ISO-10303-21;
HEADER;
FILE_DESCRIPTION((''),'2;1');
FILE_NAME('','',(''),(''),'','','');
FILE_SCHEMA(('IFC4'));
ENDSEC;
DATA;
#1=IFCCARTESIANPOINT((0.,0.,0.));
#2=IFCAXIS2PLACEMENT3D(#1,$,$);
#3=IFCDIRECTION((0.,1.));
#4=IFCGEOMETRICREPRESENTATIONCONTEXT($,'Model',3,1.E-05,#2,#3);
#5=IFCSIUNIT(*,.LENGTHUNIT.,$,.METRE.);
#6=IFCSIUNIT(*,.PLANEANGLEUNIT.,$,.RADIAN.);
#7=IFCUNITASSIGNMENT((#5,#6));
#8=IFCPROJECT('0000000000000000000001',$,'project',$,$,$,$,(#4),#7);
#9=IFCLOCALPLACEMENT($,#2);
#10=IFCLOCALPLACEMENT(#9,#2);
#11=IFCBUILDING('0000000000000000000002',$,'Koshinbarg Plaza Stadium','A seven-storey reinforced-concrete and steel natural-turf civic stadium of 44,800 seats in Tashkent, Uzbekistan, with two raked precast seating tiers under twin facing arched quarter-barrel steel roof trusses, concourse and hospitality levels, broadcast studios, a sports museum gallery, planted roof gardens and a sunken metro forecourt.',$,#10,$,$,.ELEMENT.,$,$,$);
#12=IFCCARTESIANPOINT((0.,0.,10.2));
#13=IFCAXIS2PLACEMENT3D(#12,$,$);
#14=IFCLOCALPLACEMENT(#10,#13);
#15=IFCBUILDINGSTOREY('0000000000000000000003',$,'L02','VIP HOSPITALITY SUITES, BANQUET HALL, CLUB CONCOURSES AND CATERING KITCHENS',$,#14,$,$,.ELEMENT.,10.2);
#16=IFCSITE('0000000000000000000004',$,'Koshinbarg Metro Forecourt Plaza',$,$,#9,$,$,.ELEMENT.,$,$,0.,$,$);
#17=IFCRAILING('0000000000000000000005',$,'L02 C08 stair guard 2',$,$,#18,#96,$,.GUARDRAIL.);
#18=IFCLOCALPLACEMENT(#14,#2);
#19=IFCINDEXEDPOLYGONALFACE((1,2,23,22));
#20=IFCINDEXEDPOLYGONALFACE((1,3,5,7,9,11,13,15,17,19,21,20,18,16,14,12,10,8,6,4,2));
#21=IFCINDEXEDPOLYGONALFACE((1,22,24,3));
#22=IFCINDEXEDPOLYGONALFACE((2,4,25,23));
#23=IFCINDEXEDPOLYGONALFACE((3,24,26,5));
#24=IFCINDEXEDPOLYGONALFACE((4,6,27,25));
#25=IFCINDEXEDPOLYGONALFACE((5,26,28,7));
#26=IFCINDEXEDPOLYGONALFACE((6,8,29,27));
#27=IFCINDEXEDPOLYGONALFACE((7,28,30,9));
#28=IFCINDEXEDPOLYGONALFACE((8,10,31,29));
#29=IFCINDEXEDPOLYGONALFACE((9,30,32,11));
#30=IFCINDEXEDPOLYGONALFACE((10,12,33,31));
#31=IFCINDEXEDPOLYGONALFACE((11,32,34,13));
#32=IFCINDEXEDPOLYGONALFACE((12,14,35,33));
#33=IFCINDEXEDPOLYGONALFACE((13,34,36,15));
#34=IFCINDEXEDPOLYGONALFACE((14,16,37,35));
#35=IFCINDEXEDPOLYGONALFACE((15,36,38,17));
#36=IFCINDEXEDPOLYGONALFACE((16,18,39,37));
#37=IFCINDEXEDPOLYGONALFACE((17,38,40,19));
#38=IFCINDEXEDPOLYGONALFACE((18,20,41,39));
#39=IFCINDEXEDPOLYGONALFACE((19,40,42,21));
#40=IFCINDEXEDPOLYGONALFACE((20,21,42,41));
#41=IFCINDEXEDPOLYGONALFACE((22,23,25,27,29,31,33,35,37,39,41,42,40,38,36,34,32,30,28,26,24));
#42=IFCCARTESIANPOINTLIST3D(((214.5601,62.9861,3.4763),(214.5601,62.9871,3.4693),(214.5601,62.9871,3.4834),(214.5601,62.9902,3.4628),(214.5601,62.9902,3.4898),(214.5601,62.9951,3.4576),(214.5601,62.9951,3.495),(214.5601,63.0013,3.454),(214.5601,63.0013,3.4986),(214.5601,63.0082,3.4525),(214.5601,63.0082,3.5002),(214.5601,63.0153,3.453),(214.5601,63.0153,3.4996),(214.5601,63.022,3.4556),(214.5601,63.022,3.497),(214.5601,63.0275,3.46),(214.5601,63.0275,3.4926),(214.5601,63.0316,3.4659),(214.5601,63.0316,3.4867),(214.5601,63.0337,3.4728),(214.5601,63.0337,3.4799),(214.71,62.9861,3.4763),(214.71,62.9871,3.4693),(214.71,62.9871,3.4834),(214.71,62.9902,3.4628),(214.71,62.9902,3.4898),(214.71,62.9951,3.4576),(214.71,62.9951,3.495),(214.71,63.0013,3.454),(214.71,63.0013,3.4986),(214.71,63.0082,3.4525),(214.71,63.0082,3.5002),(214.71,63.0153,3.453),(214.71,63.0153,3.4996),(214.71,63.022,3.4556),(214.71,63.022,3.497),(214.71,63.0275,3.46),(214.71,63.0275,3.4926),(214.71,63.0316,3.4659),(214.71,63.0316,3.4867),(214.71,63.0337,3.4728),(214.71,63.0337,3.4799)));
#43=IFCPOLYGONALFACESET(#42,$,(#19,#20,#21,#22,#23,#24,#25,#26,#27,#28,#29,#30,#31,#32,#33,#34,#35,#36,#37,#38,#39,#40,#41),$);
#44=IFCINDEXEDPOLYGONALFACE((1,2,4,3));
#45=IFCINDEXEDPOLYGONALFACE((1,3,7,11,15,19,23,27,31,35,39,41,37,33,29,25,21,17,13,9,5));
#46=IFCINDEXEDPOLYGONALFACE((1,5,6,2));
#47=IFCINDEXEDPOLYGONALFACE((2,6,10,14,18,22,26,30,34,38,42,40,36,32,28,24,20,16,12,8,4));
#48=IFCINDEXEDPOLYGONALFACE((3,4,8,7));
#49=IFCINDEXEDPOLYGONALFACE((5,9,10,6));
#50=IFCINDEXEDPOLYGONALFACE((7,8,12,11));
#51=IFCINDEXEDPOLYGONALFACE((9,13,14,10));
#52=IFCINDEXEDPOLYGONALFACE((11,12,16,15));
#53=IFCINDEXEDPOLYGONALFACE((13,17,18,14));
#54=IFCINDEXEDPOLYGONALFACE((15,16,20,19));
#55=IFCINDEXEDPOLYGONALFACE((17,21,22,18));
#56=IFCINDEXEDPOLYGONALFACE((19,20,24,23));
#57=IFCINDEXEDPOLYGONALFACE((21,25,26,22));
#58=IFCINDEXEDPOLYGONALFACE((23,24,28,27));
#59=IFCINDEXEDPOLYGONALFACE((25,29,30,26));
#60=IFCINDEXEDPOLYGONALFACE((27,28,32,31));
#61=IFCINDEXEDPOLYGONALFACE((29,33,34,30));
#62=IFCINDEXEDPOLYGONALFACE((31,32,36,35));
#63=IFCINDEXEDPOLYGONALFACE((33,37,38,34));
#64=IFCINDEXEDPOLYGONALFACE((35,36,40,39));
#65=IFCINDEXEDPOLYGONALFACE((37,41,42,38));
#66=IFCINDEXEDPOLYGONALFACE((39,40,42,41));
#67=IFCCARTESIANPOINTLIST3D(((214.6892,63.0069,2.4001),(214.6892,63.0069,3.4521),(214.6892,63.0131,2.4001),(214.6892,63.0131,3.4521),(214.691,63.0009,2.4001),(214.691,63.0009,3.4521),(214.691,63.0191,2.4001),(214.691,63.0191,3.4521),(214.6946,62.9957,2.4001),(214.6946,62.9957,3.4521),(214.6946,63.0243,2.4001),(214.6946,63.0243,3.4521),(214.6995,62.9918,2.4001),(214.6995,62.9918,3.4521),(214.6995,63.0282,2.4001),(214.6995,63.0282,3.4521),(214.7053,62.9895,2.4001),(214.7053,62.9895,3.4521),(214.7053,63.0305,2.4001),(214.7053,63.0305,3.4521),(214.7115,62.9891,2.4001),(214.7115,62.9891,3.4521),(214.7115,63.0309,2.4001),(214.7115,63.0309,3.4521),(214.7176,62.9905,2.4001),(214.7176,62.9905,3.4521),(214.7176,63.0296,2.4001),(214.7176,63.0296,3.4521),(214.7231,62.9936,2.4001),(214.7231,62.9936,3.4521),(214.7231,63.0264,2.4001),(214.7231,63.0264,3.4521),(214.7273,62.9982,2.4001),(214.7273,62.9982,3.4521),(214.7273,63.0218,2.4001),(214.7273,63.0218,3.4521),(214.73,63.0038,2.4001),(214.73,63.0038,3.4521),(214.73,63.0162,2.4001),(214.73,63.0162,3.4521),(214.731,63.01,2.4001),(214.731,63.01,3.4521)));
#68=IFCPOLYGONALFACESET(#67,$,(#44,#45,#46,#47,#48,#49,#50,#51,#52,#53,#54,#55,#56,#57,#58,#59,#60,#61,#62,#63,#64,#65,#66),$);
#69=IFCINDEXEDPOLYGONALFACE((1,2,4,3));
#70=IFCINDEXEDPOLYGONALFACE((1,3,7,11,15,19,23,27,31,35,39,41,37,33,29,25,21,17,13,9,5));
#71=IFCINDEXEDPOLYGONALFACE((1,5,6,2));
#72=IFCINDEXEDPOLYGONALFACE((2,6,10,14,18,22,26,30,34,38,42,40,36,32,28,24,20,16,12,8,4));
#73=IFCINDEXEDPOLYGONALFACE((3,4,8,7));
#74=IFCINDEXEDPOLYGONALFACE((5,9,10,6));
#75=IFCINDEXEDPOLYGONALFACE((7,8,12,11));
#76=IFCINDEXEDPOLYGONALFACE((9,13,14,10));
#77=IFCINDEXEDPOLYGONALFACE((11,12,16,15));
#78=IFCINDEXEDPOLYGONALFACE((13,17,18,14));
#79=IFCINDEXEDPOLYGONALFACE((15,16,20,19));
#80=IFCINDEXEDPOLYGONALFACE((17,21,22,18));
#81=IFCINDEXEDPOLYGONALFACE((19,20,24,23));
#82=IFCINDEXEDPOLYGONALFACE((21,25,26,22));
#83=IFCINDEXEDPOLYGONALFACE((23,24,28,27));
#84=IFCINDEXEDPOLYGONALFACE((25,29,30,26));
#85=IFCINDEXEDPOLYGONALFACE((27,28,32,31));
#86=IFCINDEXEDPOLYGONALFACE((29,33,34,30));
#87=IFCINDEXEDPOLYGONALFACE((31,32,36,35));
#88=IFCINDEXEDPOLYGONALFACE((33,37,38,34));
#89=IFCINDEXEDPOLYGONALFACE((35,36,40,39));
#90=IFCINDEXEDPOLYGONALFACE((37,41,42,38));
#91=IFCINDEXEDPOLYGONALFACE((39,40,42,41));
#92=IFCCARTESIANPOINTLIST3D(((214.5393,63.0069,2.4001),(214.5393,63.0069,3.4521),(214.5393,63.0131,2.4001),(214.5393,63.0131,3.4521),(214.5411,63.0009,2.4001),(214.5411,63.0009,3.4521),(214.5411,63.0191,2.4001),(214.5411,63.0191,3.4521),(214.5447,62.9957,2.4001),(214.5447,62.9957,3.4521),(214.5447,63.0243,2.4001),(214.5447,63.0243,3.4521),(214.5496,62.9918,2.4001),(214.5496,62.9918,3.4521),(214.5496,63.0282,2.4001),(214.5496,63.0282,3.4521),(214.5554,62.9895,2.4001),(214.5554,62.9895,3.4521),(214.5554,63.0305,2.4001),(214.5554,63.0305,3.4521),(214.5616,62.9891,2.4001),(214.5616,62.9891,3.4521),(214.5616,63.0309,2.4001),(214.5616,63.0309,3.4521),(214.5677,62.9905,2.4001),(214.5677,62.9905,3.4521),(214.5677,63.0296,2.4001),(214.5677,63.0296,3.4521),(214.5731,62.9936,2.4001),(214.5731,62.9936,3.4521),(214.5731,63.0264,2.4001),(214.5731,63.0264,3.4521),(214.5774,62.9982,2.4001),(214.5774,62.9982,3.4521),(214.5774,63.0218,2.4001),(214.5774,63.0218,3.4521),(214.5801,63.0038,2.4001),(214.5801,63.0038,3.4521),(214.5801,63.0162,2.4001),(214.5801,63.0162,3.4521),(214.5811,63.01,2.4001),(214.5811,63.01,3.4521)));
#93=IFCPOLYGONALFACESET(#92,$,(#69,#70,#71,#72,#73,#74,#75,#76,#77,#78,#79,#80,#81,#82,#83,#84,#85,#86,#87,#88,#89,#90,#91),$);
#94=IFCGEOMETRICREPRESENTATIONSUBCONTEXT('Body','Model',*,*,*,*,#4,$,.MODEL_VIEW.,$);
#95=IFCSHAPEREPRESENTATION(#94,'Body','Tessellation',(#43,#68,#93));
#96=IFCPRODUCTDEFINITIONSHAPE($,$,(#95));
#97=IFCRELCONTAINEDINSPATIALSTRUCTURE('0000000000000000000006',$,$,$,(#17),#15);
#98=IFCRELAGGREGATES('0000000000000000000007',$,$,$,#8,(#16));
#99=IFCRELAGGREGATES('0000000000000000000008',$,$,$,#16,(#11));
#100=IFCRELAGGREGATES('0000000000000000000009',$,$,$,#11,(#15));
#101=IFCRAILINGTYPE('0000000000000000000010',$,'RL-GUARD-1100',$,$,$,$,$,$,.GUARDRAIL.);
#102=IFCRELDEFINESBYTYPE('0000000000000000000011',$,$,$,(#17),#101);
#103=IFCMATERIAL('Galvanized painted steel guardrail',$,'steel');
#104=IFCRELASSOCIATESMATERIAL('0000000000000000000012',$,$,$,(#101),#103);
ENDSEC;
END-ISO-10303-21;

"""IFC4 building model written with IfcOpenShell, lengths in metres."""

from ifc_helpers import new_model, si_unit, direction, frame, origin, origin_2d, place, context, subcontext, project, spatial, circle, extrude, material, type_object, element, save


model = new_model("IFC4")

# Units and contexts
model_context = context("Model", 3, precision=1e-05, world=origin(), true_north=direction((0.0, 1.0)))
body_context = subcontext(model_context, "Body", "Model", "MODEL_VIEW")
ifc_project = project(units=[si_unit("LENGTHUNIT", "METRE"), si_unit("PLANEANGLEUNIT", "RADIAN")], contexts=[model_context])

# Site, building, storey
site_placement = place(None, origin())
site = spatial("IfcSite", under=ifc_project, at=site_placement, Name="Koshinbarg Metro Forecourt Plaza", CompositionType="ELEMENT", RefElevation=0.0)
building_placement = place(site_placement, origin())
building = spatial("IfcBuilding", under=site, at=building_placement, Name="Koshinbarg Plaza Stadium", Description="A seven-storey reinforced-concrete and steel natural-turf civic stadium of 44,800 seats in Tashkent, Uzbekistan, with two raked precast seating tiers under twin facing arched quarter-barrel steel roof trusses, concourse and hospitality levels, broadcast studios, a sports museum gallery, planted roof gardens and a sunken metro forecourt.", CompositionType="ELEMENT")
storey_placement = place(building_placement, frame((0.0, 0.0, 10.2)))
storey = spatial("IfcBuildingStorey", under=building, at=storey_placement, Name="L02", Description="VIP HOSPITALITY SUITES, BANQUET HALL, CLUB CONCOURSES AND CATERING KITCHENS", CompositionType="ELEMENT", Elevation=10.2)

# Railing
ifc_material_1 = material(Name="Galvanized painted steel guardrail", Category="steel")
railing_type_1 = type_object("IfcRailingType", Name="RL-GUARD-1100", PredefinedType="GUARDRAIL", material=ifc_material_1)
railing_1_placement = place(storey_placement, frame((214.71, 63.01, 2.4001)))
element("IfcRailing", 1, at=railing_1_placement, inside=storey, type_object=railing_type_1, Name="L02 C08 stair guard 2", PredefinedType="GUARDRAIL", context=body_context, shape_type="SweptSolid", body=[
    extrude(circle(Radius=0.0239, at=origin_2d()), frame((0.0, 0.0, 1.0762), z_axis=(-1.0, 0.0, 0.0), x_axis=(0.0, -1.0, 0.0)), (0.0, 0.0, 1.0), 0.1499),
    extrude(circle(Radius=0.021, at=origin_2d()), origin(), (0.0, 0.0, 1.0), 1.052),
    extrude(circle(Radius=0.021, at=origin_2d()), frame((-0.1499, 0.0, 0.0)), (0.0, 0.0, 1.0), 1.052),
])

save(model, "model.ifc")
